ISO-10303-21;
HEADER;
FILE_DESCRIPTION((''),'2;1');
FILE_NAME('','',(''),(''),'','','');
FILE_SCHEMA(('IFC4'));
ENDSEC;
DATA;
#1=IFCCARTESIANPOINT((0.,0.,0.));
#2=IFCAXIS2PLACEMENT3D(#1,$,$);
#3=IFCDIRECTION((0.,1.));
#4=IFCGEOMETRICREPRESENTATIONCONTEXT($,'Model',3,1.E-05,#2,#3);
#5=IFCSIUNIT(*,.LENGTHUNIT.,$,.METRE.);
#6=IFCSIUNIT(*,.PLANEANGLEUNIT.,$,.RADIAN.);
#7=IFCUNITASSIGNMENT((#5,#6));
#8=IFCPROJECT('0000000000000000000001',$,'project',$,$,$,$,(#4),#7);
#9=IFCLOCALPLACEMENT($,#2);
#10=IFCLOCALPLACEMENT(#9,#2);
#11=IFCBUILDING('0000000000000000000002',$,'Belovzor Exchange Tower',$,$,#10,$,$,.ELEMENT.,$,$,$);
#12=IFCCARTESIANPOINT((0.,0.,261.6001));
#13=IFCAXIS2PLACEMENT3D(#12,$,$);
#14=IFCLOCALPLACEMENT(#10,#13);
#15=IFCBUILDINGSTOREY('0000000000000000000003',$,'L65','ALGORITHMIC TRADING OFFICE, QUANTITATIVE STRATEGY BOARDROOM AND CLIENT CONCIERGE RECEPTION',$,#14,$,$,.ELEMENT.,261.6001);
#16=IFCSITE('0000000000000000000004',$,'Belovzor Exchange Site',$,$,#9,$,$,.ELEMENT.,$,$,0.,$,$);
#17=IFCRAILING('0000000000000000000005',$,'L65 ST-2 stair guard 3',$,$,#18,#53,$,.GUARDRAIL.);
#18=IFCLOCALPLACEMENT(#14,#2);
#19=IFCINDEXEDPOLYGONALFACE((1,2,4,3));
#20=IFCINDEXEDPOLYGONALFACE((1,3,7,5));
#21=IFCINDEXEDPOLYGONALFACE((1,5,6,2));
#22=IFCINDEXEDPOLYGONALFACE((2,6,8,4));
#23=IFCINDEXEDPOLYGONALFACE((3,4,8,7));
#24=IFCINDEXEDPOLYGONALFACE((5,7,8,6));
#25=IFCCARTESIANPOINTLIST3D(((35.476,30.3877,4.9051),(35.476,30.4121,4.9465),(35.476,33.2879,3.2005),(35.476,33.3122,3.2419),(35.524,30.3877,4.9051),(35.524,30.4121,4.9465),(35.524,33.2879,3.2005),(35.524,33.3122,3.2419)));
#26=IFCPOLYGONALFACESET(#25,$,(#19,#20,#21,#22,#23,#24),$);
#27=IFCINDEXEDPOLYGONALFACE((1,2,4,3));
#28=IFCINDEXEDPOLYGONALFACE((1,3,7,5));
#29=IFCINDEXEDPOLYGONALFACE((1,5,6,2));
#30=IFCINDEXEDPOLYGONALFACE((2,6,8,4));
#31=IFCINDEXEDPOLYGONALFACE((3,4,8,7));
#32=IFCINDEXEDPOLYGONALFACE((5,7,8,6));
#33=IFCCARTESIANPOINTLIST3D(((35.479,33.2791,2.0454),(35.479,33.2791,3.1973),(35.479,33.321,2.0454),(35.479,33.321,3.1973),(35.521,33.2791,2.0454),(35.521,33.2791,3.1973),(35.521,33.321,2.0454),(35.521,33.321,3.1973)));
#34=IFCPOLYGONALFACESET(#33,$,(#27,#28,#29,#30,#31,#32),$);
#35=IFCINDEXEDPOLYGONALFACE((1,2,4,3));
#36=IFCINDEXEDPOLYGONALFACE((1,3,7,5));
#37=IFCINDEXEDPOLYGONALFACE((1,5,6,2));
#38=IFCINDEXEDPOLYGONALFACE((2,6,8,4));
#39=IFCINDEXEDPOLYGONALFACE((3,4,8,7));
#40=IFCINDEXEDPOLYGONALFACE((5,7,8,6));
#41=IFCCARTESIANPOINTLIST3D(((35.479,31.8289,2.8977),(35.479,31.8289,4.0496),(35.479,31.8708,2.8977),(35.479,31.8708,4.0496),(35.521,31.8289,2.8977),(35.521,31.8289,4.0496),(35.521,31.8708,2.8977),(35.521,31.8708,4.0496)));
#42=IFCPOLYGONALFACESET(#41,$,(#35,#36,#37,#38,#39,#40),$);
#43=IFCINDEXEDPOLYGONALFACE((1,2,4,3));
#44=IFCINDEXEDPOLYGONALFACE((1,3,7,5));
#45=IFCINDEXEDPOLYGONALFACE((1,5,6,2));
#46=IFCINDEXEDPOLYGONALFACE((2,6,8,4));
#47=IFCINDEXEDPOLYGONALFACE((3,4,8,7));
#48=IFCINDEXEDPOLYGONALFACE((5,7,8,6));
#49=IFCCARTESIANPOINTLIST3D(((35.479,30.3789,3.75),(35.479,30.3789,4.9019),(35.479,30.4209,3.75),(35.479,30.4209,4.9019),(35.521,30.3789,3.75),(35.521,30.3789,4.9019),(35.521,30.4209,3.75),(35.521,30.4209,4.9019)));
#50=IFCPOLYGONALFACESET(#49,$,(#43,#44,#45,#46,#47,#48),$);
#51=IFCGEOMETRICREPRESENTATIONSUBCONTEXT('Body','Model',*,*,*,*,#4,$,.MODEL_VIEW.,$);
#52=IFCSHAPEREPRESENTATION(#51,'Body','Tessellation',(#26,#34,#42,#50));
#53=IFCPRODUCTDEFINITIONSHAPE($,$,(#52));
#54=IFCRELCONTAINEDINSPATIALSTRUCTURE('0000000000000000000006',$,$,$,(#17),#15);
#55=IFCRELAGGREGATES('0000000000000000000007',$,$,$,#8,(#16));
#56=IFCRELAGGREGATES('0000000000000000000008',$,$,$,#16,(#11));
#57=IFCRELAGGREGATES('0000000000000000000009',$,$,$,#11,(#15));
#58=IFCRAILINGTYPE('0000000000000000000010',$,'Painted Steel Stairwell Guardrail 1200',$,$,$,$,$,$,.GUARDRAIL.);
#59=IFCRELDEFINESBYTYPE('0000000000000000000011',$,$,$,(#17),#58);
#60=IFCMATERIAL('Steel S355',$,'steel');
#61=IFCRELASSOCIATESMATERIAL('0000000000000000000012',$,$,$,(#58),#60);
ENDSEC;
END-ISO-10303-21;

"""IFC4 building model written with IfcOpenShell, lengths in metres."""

from ifc_helpers import new_model, si_unit, direction, frame, origin, origin_2d, place, context, subcontext, project, spatial, rectangle, extrude, material, type_object, element, save


model = new_model("IFC4")

# Units and contexts
model_context = context("Model", 3, precision=1e-05, world=origin(), true_north=direction((0.0, 1.0)))
body_context = subcontext(model_context, "Body", "Model", "MODEL_VIEW")
ifc_project = project(units=[si_unit("LENGTHUNIT", "METRE"), si_unit("PLANEANGLEUNIT", "RADIAN")], contexts=[model_context])

# Site, building, storey
site_placement = place(None, origin())
site = spatial("IfcSite", under=ifc_project, at=site_placement, Name="Belovzor Exchange Site", CompositionType="ELEMENT", RefElevation=0.0)
building_placement = place(site_placement, origin())
building = spatial("IfcBuilding", under=site, at=building_placement, Name="Belovzor Exchange Tower", CompositionType="ELEMENT")
storey_placement = place(building_placement, frame((0.0, 0.0, 261.6001)))
storey = spatial("IfcBuildingStorey", under=building, at=storey_placement, Name="L65", Description="ALGORITHMIC TRADING OFFICE, QUANTITATIVE STRATEGY BOARDROOM AND CLIENT CONCIERGE RECEPTION", CompositionType="ELEMENT", Elevation=261.6001)

# Railing
ifc_material_1 = material(Name="Steel S355", Category="steel")
railing_type_1 = type_object("IfcRailingType", Name="Painted Steel Stairwell Guardrail 1200", PredefinedType="GUARDRAIL", material=ifc_material_1)
railing_1_placement = place(storey_placement, frame((35.5, 33.3, 2.0454)))
element("IfcRailing", 1, at=railing_1_placement, inside=storey, type_object=railing_type_1, Name="L65 ST-2 stair guard 3", PredefinedType="GUARDRAIL", context=body_context, shape_type="SweptSolid", body=[
    extrude(rectangle(XDim=0.0481, YDim=0.0481, at=origin_2d()), frame((0.0, 0.0, 1.1758), z_axis=(0.0, -0.862113, 0.506716), x_axis=(1.0, 0.0, 0.0)), (0.0, 0.0, 1.0), 3.364),
    extrude(rectangle(XDim=0.042, YDim=0.042, at=origin_2d()), origin(), (0.0, 0.0, 1.0), 1.1519),
    extrude(rectangle(XDim=0.042, YDim=0.042, at=origin_2d()), frame((0.0, -1.4502, 0.8523)), (0.0, 0.0, 1.0), 1.1519),
    extrude(rectangle(XDim=0.042, YDim=0.042, at=origin_2d()), frame((0.0, -2.9001, 1.7046)), (0.0, 0.0, 1.0), 1.1519),
])

save(model, "model.ifc")
